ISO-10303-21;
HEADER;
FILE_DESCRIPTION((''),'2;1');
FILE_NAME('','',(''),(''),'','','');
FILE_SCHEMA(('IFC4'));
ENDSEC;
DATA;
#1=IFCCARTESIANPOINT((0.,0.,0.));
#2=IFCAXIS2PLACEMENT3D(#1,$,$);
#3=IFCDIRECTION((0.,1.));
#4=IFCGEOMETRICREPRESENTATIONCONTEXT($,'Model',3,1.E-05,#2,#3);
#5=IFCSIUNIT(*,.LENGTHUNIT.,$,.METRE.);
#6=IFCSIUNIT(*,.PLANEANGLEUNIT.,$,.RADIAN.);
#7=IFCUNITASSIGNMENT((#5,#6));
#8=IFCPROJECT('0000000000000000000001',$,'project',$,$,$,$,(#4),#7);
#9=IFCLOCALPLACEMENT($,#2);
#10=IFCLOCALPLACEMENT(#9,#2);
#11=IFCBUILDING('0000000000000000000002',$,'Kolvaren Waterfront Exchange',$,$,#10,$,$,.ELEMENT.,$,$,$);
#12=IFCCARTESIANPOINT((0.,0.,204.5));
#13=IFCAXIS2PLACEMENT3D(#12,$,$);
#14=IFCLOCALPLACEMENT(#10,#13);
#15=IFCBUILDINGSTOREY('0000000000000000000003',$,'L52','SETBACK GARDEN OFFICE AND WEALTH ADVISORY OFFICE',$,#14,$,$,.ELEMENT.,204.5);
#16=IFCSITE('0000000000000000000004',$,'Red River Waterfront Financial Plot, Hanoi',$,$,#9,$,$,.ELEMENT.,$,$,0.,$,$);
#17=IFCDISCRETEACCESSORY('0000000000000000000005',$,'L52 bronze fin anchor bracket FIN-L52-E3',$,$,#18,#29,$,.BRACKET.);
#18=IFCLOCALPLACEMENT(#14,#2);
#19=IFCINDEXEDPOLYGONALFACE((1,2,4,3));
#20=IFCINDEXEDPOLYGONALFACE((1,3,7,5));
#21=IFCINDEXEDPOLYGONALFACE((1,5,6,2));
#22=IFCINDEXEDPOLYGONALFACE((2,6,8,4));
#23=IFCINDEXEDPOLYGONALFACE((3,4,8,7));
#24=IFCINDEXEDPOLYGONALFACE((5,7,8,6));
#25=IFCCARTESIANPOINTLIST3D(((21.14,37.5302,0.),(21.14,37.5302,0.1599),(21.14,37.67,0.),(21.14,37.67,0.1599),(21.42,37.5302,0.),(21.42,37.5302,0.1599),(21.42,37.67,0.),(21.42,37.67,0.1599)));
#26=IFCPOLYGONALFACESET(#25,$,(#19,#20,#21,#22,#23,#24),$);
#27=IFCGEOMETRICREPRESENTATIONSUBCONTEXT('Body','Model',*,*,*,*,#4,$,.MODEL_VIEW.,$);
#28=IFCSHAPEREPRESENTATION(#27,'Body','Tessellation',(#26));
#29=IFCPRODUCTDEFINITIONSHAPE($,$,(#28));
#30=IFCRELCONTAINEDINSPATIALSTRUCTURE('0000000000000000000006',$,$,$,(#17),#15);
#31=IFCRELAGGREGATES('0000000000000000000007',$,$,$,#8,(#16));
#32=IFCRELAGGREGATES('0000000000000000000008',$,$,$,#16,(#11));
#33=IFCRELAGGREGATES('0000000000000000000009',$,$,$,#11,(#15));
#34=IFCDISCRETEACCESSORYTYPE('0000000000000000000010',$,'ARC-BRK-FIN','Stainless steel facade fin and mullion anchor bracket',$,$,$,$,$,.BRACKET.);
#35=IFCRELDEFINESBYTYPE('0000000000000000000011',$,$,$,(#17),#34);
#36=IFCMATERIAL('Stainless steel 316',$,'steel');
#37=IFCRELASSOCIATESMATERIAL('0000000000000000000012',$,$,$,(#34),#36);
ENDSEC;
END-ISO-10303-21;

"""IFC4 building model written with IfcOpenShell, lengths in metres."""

from ifc_helpers import new_model, si_unit, direction, frame, origin, origin_with_axes, origin_2d, place, context, subcontext, project, spatial, rectangle, extrude, source, transform, mapped, material, type_object, element, save


model = new_model("IFC4")

# Units and contexts
model_context = context("Model", 3, precision=1e-05, world=origin(), true_north=direction((0.0, 1.0)))
body_context = subcontext(model_context, "Body", "Model", "MODEL_VIEW")
ifc_project = project(units=[si_unit("LENGTHUNIT", "METRE"), si_unit("PLANEANGLEUNIT", "RADIAN")], contexts=[model_context])

# Site, building, storey
site_placement = place(None, origin())
site = spatial("IfcSite", under=ifc_project, at=site_placement, Name="Red River Waterfront Financial Plot, Hanoi", CompositionType="ELEMENT", RefElevation=0.0)
building_placement = place(site_placement, origin())
building = spatial("IfcBuilding", under=site, at=building_placement, Name="Kolvaren Waterfront Exchange", CompositionType="ELEMENT")
storey_placement = place(building_placement, frame((0.0, 0.0, 204.5)))
storey = spatial("IfcBuildingStorey", under=building, at=storey_placement, Name="L52", Description="SETBACK GARDEN OFFICE AND WEALTH ADVISORY OFFICE", CompositionType="ELEMENT", Elevation=204.5)

# Discrete accessory
ifc_material_1 = material(Name="Stainless steel 316", Category="steel")
discrete_accessory_type = type_object("IfcDiscreteAccessoryType", Name="ARC-BRK-FIN", Description="Stainless steel facade fin and mullion anchor bracket", PredefinedType="BRACKET", material=ifc_material_1)
shared_shape_1 = source(origin_with_axes(), body_context, "Body", "SweptSolid", [
    extrude(rectangle(XDim=0.28, YDim=0.1399, at=origin_2d()), origin(), (0.0, 0.0, 1.0), 0.1599),
])
discrete_accessory_placement = place(storey_placement, frame((21.28, 37.6001, 0.0), z_axis=(0.0, 0.0, 1.0), x_axis=(1.0, 0.0, 0.0)))
element("IfcDiscreteAccessory", 1, at=discrete_accessory_placement, inside=storey, type_object=discrete_accessory_type, Name="L52 bronze fin anchor bracket FIN-L52-E3", PredefinedType="BRACKET", context=body_context, shape_type="MappedRepresentation", body=[
    mapped(shared_shape_1, transform((0.0, 0.0, 0.0), x_axis=(1.0, 0.0, 0.0), y_axis=(0.0, 1.0, 0.0), z_axis=(0.0, 0.0, 1.0), scale=1.0)),
])

save(model, "model.ifc")
